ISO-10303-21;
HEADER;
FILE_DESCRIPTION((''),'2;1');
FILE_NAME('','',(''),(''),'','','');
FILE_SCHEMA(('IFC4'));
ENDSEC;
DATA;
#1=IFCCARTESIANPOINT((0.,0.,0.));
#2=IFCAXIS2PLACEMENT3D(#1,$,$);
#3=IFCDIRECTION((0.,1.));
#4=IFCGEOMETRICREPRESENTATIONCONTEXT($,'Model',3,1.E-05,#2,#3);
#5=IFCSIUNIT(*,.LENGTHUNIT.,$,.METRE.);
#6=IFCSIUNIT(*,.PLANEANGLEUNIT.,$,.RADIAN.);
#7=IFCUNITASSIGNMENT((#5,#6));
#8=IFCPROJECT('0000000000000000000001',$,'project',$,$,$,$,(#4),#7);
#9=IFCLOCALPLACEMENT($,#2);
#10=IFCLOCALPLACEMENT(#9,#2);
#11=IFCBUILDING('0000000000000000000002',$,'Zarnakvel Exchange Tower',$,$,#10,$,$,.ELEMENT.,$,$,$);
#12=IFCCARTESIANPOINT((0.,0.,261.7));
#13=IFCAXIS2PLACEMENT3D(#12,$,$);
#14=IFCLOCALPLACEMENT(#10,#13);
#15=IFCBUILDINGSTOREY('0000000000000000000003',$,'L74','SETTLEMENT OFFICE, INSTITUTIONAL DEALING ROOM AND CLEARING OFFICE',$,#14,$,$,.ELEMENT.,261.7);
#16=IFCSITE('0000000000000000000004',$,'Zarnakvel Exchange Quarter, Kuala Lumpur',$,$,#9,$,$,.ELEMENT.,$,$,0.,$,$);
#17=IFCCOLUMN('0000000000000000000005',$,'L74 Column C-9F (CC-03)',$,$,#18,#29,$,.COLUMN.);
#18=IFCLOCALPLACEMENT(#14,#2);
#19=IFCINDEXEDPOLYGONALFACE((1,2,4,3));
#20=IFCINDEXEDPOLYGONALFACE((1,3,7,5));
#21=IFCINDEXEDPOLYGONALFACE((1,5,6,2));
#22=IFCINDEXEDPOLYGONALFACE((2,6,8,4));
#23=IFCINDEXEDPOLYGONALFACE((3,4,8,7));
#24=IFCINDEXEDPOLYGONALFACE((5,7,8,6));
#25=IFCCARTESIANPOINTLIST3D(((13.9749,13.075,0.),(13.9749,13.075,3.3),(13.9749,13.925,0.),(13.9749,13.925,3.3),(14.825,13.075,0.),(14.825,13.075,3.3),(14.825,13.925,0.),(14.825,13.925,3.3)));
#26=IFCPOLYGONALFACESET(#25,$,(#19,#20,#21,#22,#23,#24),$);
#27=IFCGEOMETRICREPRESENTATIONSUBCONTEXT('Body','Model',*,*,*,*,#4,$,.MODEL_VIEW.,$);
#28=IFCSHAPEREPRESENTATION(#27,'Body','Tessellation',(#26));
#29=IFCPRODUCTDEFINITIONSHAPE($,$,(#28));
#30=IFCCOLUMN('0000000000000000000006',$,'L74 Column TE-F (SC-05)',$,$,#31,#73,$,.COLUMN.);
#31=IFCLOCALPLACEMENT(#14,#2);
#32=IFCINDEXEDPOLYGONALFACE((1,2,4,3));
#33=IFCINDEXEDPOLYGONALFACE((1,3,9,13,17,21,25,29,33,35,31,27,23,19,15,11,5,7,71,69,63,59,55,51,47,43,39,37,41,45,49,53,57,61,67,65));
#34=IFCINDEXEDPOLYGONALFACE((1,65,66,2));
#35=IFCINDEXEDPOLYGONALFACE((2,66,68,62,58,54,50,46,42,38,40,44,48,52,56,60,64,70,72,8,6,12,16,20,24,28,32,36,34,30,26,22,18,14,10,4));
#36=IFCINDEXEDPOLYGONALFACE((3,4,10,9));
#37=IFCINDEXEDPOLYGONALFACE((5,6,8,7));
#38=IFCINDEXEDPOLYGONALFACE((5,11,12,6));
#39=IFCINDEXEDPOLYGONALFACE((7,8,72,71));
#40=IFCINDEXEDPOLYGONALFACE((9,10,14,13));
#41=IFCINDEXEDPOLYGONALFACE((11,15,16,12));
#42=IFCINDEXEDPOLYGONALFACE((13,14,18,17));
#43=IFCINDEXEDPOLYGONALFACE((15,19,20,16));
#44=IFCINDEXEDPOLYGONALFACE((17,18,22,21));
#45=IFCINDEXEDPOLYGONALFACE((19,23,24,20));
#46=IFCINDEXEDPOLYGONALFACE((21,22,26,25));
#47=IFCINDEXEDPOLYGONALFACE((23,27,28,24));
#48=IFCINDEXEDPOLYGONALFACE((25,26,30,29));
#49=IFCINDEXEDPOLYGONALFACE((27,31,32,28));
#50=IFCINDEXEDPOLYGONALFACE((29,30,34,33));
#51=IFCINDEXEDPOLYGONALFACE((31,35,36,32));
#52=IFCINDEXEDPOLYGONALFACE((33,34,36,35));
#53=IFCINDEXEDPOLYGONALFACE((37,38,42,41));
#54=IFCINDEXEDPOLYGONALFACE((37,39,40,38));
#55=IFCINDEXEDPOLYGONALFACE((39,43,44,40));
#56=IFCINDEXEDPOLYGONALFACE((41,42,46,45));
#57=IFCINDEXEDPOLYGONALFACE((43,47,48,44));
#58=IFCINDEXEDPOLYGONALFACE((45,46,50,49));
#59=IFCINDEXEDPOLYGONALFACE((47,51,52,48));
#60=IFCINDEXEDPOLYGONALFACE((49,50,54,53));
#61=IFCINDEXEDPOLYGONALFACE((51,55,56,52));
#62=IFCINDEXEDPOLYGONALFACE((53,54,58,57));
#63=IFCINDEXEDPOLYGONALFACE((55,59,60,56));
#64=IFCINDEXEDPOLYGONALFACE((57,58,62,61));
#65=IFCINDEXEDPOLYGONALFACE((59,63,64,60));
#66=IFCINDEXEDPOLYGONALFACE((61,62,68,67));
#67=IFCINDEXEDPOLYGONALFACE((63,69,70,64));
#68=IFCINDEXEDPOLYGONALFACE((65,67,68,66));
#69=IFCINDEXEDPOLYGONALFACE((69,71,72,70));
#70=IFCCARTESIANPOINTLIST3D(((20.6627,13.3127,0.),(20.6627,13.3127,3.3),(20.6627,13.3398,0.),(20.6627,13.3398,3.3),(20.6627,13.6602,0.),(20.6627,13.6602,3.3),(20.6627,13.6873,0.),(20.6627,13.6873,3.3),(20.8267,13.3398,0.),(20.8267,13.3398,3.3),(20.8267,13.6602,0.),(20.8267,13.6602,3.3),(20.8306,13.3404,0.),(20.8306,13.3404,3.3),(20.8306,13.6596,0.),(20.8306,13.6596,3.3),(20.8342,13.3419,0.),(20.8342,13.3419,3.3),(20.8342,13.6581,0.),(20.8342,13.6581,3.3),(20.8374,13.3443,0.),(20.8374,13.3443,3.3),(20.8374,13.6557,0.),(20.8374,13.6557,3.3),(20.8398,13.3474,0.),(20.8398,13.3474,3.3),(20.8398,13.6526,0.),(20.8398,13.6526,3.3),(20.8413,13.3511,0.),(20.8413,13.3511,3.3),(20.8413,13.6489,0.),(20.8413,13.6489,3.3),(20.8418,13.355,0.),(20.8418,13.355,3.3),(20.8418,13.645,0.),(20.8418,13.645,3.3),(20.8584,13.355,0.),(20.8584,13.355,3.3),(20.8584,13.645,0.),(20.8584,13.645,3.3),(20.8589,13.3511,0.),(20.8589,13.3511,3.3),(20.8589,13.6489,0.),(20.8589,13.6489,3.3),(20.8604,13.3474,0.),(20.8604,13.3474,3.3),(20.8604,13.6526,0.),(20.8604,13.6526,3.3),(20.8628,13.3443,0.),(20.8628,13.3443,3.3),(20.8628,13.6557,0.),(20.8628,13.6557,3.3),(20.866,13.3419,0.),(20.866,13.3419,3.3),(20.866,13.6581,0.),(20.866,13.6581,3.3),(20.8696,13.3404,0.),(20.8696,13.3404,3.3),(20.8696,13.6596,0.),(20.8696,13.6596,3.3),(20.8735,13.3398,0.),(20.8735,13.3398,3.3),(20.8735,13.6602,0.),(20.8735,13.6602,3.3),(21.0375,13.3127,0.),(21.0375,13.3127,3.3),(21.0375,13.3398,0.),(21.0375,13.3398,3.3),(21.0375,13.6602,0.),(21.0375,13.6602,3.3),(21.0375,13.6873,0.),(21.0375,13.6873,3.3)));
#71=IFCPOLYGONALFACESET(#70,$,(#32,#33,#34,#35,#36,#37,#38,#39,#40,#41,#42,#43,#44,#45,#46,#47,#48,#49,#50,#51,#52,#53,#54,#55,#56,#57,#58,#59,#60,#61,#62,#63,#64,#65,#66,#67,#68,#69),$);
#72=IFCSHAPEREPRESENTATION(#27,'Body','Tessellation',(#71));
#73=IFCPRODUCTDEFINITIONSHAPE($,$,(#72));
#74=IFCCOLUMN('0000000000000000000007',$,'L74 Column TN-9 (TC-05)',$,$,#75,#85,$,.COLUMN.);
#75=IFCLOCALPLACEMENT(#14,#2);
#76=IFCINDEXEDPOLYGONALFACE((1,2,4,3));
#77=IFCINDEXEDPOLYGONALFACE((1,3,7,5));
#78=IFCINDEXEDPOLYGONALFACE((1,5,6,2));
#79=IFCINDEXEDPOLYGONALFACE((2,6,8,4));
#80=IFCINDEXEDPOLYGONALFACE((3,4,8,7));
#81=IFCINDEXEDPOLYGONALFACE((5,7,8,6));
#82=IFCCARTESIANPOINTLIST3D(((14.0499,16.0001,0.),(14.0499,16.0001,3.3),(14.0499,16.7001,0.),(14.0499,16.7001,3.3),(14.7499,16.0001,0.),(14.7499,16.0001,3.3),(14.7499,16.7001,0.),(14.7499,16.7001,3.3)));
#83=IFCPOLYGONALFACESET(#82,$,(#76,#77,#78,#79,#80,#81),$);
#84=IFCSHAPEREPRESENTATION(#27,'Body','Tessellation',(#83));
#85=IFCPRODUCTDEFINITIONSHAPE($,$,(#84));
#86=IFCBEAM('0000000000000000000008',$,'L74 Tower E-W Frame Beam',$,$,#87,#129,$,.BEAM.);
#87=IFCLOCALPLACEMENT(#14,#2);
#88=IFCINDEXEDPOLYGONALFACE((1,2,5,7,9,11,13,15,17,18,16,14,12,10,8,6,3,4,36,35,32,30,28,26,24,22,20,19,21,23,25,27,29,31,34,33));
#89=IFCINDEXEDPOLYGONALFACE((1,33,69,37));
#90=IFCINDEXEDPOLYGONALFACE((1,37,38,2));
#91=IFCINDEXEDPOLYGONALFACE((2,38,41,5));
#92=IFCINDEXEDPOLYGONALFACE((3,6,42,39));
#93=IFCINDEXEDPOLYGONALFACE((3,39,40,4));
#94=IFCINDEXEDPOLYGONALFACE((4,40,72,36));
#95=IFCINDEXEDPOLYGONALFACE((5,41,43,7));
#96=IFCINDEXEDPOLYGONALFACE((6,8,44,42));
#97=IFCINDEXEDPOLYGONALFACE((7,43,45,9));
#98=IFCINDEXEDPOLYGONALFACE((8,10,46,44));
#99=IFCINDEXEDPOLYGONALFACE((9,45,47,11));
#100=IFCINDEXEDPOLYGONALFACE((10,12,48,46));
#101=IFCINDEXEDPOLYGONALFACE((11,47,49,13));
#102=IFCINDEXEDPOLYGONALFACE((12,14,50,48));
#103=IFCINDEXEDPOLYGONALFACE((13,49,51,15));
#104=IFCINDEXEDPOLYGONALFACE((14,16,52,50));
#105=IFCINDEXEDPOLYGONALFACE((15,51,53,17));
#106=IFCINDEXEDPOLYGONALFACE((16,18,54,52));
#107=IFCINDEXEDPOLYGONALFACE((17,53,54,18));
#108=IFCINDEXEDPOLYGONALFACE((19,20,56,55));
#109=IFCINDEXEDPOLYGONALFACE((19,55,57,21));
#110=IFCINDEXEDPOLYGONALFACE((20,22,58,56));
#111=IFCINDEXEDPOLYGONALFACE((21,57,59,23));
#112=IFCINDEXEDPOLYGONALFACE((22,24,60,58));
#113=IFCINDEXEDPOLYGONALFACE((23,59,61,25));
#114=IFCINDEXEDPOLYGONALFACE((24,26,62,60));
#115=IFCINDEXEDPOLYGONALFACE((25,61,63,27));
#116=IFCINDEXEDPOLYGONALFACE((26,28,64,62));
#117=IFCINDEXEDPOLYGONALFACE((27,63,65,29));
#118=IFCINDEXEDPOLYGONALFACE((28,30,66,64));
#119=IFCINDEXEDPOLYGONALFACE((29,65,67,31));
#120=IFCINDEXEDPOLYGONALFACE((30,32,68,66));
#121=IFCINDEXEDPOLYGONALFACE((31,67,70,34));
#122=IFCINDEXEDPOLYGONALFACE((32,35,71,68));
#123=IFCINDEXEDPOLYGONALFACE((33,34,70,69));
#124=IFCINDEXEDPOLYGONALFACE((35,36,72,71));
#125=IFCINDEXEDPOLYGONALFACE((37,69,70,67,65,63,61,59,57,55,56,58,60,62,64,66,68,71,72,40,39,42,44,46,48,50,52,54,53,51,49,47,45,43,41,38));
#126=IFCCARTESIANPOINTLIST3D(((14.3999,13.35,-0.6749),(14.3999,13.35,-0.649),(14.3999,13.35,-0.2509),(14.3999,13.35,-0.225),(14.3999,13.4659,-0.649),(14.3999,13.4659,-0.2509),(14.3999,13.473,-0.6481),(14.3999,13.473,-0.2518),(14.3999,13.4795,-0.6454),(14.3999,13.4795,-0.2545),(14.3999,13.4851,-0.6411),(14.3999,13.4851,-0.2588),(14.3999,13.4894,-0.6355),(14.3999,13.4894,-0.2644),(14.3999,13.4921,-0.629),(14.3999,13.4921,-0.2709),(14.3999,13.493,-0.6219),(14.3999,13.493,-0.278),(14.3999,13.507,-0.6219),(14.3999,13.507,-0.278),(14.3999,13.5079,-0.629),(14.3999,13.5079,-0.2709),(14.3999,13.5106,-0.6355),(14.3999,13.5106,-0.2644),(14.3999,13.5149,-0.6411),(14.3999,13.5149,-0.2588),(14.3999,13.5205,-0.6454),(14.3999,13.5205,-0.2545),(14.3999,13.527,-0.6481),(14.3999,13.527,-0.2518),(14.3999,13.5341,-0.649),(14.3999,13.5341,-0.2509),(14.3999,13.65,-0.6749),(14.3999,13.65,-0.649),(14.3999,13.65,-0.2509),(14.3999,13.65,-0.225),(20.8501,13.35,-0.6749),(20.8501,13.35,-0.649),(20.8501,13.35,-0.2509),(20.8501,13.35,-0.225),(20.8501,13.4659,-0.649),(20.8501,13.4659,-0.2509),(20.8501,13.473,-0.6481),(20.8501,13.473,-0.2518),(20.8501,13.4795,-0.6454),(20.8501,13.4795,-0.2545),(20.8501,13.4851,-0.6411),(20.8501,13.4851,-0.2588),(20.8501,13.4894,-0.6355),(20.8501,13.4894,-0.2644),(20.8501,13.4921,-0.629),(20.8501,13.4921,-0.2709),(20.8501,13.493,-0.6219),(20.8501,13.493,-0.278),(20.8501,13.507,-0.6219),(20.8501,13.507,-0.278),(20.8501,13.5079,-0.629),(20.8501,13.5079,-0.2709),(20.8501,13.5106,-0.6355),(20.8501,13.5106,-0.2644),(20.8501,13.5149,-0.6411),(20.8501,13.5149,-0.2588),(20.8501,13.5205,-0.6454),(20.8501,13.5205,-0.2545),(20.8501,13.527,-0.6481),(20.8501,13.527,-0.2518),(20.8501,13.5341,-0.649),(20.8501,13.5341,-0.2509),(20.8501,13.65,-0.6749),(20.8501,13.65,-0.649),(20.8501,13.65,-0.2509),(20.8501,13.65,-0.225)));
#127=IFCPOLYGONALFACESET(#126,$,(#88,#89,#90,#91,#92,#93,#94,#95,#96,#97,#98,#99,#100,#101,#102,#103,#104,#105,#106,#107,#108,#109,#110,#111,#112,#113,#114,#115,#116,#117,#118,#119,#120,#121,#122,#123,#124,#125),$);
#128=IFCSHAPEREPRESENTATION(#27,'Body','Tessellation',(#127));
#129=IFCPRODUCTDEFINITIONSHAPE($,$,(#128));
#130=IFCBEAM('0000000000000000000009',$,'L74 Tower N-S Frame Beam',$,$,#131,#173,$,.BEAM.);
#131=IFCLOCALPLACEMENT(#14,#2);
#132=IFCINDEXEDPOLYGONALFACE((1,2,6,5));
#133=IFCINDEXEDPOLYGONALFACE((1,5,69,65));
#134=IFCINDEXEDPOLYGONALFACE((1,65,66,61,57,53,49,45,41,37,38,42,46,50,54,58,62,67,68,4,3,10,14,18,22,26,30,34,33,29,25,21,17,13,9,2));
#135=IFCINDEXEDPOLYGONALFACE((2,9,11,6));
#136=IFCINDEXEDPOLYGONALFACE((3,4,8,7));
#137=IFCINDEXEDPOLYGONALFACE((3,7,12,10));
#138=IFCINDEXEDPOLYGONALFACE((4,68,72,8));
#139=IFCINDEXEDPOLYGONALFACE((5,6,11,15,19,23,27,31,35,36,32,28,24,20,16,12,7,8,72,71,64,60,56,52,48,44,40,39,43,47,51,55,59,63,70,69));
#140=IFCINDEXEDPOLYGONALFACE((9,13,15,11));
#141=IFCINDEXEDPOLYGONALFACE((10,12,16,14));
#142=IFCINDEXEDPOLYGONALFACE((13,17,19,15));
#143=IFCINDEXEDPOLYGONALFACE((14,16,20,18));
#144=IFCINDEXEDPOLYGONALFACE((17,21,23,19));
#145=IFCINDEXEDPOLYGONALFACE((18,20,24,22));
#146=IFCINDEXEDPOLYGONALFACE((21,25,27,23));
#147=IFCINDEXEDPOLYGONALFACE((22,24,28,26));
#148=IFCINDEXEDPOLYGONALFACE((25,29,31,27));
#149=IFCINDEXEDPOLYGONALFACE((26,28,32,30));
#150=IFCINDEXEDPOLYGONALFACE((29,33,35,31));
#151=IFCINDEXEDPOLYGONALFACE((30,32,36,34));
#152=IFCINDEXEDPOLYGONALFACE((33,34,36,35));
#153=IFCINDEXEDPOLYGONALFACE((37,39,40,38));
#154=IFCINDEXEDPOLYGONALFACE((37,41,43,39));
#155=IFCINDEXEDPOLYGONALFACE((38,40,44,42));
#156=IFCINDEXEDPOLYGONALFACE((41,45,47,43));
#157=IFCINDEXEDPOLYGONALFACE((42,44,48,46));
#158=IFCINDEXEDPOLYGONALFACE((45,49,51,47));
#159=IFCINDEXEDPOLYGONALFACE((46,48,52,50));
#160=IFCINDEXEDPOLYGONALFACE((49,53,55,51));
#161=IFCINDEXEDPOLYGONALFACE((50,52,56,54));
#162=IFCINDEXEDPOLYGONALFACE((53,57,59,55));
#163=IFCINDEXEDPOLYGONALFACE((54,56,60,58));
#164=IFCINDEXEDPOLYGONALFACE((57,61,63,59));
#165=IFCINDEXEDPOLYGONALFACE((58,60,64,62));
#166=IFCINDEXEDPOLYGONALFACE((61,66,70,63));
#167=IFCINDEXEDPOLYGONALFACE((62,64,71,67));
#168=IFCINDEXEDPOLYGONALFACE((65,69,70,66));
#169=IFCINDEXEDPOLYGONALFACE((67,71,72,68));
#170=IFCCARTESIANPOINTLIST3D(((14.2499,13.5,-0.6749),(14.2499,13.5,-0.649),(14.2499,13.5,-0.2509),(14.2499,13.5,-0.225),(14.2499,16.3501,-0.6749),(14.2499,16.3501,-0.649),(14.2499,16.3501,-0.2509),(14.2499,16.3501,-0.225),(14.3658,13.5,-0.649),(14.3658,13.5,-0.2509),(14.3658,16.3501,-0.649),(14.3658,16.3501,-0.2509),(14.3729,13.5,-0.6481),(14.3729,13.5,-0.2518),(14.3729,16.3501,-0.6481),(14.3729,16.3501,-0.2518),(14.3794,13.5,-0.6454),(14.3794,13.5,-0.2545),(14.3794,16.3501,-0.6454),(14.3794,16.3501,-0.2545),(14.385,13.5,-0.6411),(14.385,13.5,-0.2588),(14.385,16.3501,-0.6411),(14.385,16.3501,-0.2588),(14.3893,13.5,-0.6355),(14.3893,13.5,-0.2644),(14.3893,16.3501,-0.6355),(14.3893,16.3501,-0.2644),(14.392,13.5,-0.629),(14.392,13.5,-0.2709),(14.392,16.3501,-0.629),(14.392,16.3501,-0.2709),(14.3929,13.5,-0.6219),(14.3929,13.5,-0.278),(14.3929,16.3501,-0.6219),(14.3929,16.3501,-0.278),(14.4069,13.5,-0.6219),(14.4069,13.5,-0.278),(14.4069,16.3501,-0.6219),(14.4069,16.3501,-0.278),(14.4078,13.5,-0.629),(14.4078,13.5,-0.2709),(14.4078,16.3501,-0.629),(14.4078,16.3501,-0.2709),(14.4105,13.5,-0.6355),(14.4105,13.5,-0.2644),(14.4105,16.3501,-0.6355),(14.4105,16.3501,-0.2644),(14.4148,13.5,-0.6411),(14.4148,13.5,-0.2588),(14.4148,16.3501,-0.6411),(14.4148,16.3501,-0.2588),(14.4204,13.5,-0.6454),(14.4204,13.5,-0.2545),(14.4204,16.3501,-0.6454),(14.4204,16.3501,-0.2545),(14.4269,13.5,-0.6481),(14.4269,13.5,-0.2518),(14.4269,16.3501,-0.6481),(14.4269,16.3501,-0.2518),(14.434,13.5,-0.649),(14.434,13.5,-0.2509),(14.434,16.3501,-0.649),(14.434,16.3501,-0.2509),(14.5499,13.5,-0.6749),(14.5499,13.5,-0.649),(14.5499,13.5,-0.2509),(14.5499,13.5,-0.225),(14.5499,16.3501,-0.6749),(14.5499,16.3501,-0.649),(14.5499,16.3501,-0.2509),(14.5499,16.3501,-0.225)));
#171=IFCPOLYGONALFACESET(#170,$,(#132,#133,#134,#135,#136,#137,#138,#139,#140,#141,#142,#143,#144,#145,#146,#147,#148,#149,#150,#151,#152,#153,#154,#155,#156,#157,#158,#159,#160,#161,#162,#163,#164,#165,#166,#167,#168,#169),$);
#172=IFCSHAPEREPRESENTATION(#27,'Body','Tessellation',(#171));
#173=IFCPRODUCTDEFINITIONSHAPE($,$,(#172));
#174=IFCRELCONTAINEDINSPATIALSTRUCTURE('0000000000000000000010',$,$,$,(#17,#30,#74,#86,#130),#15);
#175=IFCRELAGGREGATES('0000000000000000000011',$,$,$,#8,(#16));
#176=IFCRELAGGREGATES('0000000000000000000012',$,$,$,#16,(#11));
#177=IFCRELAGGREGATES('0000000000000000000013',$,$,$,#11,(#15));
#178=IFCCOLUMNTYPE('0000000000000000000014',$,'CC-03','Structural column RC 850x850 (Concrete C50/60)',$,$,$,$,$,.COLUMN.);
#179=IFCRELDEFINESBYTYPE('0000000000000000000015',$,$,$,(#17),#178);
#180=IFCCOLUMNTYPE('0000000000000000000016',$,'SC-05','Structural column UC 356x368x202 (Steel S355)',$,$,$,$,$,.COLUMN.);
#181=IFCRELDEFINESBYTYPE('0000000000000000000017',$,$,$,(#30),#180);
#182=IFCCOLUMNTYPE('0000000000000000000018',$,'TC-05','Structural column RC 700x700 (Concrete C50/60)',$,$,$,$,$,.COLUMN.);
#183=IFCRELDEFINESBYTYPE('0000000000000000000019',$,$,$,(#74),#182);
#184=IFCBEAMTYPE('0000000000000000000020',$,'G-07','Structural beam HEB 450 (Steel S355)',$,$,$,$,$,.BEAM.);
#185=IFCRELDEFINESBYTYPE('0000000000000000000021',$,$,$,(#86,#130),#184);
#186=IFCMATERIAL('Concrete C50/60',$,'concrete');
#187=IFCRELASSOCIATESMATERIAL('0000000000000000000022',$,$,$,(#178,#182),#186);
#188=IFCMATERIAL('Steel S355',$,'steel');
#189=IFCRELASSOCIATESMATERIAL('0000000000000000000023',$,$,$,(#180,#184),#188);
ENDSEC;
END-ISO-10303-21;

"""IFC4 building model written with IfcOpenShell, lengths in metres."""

from ifc_helpers import new_model, si_unit, direction, frame, origin, origin_2d, place, context, subcontext, project, spatial, rectangle, i_section, extrude, material, material_profile, profile_set, type_object, element, save


model = new_model("IFC4")

# Units and contexts
model_context = context("Model", 3, precision=1e-05, world=origin(), true_north=direction((0.0, 1.0)))
body_context = subcontext(model_context, "Body", "Model", "MODEL_VIEW")
ifc_project = project(units=[si_unit("LENGTHUNIT", "METRE"), si_unit("PLANEANGLEUNIT", "RADIAN")], contexts=[model_context])

# Site, building, storey
site_placement = place(None, origin())
site = spatial("IfcSite", under=ifc_project, at=site_placement, Name="Zarnakvel Exchange Quarter, Kuala Lumpur", CompositionType="ELEMENT", RefElevation=0.0)
building_placement = place(site_placement, origin())
building = spatial("IfcBuilding", under=site, at=building_placement, Name="Zarnakvel Exchange Tower", CompositionType="ELEMENT")
storey_placement = place(building_placement, frame((0.0, 0.0, 261.7)))
storey = spatial("IfcBuildingStorey", under=building, at=storey_placement, Name="L74", Description="SETTLEMENT OFFICE, INSTITUTIONAL DEALING ROOM AND CLEARING OFFICE", CompositionType="ELEMENT", Elevation=261.7)

# Columns
ifc_material_1 = material(Name="Concrete C50/60", Category="concrete")
ifc_material_profile_1 = material_profile(ifc_material_1, rectangle(XDim=0.8501, YDim=0.8501, at=origin_2d()))
ifc_profile_set_1 = profile_set([ifc_material_profile_1], Name="Concrete C50/60")
column_type_1 = type_object("IfcColumnType", Name="CC-03", Description="Structural column RC 850x850 (Concrete C50/60)", PredefinedType="COLUMN", material=ifc_profile_set_1)
column_1_placement = place(storey_placement, frame((14.3999, 13.5, 0.0), z_axis=(0.0, 0.0, 1.0), x_axis=(1.0, 0.0, 0.0)))
element("IfcColumn", 1, at=column_1_placement, inside=storey, type_object=column_type_1, Name="L74 Column C-9F (CC-03)", PredefinedType="COLUMN", context=body_context, shape_type="SweptSolid", body=[
    extrude(rectangle(XDim=0.8501, YDim=0.8501, at=origin_2d()), origin(), (0.0, 0.0, 1.0), 3.3),
])
ifc_material_2 = material(Name="Steel S355", Category="steel")
ifc_material_profile_2 = material_profile(ifc_material_2, i_section(OverallWidth=0.3748, OverallDepth=0.3745, WebThickness=0.0166, FlangeThickness=0.0271, FilletRadius=0.0151, at=origin_2d()))
ifc_profile_set_2 = profile_set([ifc_material_profile_2], Name="Steel S355")
column_type_2 = type_object("IfcColumnType", Name="SC-05", Description="Structural column UC 356x368x202 (Steel S355)", PredefinedType="COLUMN", material=ifc_profile_set_2)
column_2_placement = place(storey_placement, frame((20.8501, 13.5, 0.0), z_axis=(0.0, 0.0, 1.0), x_axis=(1.0, 0.0, 0.0)))
element("IfcColumn", 2, at=column_2_placement, inside=storey, type_object=column_type_2, Name="L74 Column TE-F (SC-05)", PredefinedType="COLUMN", context=body_context, shape_type="SweptSolid", body=[
    extrude(i_section(OverallWidth=0.3748, OverallDepth=0.3745, WebThickness=0.0166, FlangeThickness=0.0271, FilletRadius=0.0151, at=origin_2d()), origin(), (0.0, 0.0, 1.0), 3.3),
])
ifc_material_profile_3 = material_profile(ifc_material_1, rectangle(XDim=0.7, YDim=0.7, at=origin_2d()))
ifc_profile_set_3 = profile_set([ifc_material_profile_3], Name="Concrete C50/60")
column_type_3 = type_object("IfcColumnType", Name="TC-05", Description="Structural column RC 700x700 (Concrete C50/60)", PredefinedType="COLUMN", material=ifc_profile_set_3)
column_3_placement = place(storey_placement, frame((14.3999, 16.3501, 0.0), z_axis=(0.0, 0.0, 1.0), x_axis=(1.0, 0.0, 0.0)))
element("IfcColumn", 3, at=column_3_placement, inside=storey, type_object=column_type_3, Name="L74 Column TN-9 (TC-05)", PredefinedType="COLUMN", context=body_context, shape_type="SweptSolid", body=[
    extrude(rectangle(XDim=0.7, YDim=0.7, at=origin_2d()), origin(), (0.0, 0.0, 1.0), 3.3),
])

# Beams
ifc_material_profile_4 = material_profile(ifc_material_2, i_section(OverallWidth=0.3, OverallDepth=0.45, WebThickness=0.0139, FlangeThickness=0.0259, FilletRadius=0.0271, at=origin_2d()))
ifc_profile_set_4 = profile_set([ifc_material_profile_4], Name="Steel S355")
beam_type = type_object("IfcBeamType", Name="G-07", Description="Structural beam HEB 450 (Steel S355)", PredefinedType="BEAM", material=ifc_profile_set_4)
beam_1_placement = place(storey_placement, frame((14.3999, 13.5, -0.45), z_axis=(1.0, 0.0, 0.0), x_axis=(0.0, 1.0, 0.0)))
element("IfcBeam", 4, at=beam_1_placement, inside=storey, type_object=beam_type, Name="L74 Tower E-W Frame Beam", PredefinedType="BEAM", context=body_context, shape_type="SweptSolid", body=[
    extrude(i_section(OverallWidth=0.3, OverallDepth=0.45, WebThickness=0.0139, FlangeThickness=0.0259, FilletRadius=0.0271, at=origin_2d()), origin(), (0.0, 0.0, 1.0), 6.4502),
])
beam_2_placement = place(storey_placement, frame((14.3999, 13.5, -0.45), z_axis=(0.0, 1.0, 0.0), x_axis=(-1.0, 0.0, 0.0)))
element("IfcBeam", 5, at=beam_2_placement, inside=storey, type_object=beam_type, Name="L74 Tower N-S Frame Beam", PredefinedType="BEAM", context=body_context, shape_type="SweptSolid", body=[
    extrude(i_section(OverallWidth=0.3, OverallDepth=0.45, WebThickness=0.0139, FlangeThickness=0.0259, FilletRadius=0.0271, at=origin_2d()), origin(), (0.0, 0.0, 1.0), 2.8501),
])

save(model, "model.ifc")
